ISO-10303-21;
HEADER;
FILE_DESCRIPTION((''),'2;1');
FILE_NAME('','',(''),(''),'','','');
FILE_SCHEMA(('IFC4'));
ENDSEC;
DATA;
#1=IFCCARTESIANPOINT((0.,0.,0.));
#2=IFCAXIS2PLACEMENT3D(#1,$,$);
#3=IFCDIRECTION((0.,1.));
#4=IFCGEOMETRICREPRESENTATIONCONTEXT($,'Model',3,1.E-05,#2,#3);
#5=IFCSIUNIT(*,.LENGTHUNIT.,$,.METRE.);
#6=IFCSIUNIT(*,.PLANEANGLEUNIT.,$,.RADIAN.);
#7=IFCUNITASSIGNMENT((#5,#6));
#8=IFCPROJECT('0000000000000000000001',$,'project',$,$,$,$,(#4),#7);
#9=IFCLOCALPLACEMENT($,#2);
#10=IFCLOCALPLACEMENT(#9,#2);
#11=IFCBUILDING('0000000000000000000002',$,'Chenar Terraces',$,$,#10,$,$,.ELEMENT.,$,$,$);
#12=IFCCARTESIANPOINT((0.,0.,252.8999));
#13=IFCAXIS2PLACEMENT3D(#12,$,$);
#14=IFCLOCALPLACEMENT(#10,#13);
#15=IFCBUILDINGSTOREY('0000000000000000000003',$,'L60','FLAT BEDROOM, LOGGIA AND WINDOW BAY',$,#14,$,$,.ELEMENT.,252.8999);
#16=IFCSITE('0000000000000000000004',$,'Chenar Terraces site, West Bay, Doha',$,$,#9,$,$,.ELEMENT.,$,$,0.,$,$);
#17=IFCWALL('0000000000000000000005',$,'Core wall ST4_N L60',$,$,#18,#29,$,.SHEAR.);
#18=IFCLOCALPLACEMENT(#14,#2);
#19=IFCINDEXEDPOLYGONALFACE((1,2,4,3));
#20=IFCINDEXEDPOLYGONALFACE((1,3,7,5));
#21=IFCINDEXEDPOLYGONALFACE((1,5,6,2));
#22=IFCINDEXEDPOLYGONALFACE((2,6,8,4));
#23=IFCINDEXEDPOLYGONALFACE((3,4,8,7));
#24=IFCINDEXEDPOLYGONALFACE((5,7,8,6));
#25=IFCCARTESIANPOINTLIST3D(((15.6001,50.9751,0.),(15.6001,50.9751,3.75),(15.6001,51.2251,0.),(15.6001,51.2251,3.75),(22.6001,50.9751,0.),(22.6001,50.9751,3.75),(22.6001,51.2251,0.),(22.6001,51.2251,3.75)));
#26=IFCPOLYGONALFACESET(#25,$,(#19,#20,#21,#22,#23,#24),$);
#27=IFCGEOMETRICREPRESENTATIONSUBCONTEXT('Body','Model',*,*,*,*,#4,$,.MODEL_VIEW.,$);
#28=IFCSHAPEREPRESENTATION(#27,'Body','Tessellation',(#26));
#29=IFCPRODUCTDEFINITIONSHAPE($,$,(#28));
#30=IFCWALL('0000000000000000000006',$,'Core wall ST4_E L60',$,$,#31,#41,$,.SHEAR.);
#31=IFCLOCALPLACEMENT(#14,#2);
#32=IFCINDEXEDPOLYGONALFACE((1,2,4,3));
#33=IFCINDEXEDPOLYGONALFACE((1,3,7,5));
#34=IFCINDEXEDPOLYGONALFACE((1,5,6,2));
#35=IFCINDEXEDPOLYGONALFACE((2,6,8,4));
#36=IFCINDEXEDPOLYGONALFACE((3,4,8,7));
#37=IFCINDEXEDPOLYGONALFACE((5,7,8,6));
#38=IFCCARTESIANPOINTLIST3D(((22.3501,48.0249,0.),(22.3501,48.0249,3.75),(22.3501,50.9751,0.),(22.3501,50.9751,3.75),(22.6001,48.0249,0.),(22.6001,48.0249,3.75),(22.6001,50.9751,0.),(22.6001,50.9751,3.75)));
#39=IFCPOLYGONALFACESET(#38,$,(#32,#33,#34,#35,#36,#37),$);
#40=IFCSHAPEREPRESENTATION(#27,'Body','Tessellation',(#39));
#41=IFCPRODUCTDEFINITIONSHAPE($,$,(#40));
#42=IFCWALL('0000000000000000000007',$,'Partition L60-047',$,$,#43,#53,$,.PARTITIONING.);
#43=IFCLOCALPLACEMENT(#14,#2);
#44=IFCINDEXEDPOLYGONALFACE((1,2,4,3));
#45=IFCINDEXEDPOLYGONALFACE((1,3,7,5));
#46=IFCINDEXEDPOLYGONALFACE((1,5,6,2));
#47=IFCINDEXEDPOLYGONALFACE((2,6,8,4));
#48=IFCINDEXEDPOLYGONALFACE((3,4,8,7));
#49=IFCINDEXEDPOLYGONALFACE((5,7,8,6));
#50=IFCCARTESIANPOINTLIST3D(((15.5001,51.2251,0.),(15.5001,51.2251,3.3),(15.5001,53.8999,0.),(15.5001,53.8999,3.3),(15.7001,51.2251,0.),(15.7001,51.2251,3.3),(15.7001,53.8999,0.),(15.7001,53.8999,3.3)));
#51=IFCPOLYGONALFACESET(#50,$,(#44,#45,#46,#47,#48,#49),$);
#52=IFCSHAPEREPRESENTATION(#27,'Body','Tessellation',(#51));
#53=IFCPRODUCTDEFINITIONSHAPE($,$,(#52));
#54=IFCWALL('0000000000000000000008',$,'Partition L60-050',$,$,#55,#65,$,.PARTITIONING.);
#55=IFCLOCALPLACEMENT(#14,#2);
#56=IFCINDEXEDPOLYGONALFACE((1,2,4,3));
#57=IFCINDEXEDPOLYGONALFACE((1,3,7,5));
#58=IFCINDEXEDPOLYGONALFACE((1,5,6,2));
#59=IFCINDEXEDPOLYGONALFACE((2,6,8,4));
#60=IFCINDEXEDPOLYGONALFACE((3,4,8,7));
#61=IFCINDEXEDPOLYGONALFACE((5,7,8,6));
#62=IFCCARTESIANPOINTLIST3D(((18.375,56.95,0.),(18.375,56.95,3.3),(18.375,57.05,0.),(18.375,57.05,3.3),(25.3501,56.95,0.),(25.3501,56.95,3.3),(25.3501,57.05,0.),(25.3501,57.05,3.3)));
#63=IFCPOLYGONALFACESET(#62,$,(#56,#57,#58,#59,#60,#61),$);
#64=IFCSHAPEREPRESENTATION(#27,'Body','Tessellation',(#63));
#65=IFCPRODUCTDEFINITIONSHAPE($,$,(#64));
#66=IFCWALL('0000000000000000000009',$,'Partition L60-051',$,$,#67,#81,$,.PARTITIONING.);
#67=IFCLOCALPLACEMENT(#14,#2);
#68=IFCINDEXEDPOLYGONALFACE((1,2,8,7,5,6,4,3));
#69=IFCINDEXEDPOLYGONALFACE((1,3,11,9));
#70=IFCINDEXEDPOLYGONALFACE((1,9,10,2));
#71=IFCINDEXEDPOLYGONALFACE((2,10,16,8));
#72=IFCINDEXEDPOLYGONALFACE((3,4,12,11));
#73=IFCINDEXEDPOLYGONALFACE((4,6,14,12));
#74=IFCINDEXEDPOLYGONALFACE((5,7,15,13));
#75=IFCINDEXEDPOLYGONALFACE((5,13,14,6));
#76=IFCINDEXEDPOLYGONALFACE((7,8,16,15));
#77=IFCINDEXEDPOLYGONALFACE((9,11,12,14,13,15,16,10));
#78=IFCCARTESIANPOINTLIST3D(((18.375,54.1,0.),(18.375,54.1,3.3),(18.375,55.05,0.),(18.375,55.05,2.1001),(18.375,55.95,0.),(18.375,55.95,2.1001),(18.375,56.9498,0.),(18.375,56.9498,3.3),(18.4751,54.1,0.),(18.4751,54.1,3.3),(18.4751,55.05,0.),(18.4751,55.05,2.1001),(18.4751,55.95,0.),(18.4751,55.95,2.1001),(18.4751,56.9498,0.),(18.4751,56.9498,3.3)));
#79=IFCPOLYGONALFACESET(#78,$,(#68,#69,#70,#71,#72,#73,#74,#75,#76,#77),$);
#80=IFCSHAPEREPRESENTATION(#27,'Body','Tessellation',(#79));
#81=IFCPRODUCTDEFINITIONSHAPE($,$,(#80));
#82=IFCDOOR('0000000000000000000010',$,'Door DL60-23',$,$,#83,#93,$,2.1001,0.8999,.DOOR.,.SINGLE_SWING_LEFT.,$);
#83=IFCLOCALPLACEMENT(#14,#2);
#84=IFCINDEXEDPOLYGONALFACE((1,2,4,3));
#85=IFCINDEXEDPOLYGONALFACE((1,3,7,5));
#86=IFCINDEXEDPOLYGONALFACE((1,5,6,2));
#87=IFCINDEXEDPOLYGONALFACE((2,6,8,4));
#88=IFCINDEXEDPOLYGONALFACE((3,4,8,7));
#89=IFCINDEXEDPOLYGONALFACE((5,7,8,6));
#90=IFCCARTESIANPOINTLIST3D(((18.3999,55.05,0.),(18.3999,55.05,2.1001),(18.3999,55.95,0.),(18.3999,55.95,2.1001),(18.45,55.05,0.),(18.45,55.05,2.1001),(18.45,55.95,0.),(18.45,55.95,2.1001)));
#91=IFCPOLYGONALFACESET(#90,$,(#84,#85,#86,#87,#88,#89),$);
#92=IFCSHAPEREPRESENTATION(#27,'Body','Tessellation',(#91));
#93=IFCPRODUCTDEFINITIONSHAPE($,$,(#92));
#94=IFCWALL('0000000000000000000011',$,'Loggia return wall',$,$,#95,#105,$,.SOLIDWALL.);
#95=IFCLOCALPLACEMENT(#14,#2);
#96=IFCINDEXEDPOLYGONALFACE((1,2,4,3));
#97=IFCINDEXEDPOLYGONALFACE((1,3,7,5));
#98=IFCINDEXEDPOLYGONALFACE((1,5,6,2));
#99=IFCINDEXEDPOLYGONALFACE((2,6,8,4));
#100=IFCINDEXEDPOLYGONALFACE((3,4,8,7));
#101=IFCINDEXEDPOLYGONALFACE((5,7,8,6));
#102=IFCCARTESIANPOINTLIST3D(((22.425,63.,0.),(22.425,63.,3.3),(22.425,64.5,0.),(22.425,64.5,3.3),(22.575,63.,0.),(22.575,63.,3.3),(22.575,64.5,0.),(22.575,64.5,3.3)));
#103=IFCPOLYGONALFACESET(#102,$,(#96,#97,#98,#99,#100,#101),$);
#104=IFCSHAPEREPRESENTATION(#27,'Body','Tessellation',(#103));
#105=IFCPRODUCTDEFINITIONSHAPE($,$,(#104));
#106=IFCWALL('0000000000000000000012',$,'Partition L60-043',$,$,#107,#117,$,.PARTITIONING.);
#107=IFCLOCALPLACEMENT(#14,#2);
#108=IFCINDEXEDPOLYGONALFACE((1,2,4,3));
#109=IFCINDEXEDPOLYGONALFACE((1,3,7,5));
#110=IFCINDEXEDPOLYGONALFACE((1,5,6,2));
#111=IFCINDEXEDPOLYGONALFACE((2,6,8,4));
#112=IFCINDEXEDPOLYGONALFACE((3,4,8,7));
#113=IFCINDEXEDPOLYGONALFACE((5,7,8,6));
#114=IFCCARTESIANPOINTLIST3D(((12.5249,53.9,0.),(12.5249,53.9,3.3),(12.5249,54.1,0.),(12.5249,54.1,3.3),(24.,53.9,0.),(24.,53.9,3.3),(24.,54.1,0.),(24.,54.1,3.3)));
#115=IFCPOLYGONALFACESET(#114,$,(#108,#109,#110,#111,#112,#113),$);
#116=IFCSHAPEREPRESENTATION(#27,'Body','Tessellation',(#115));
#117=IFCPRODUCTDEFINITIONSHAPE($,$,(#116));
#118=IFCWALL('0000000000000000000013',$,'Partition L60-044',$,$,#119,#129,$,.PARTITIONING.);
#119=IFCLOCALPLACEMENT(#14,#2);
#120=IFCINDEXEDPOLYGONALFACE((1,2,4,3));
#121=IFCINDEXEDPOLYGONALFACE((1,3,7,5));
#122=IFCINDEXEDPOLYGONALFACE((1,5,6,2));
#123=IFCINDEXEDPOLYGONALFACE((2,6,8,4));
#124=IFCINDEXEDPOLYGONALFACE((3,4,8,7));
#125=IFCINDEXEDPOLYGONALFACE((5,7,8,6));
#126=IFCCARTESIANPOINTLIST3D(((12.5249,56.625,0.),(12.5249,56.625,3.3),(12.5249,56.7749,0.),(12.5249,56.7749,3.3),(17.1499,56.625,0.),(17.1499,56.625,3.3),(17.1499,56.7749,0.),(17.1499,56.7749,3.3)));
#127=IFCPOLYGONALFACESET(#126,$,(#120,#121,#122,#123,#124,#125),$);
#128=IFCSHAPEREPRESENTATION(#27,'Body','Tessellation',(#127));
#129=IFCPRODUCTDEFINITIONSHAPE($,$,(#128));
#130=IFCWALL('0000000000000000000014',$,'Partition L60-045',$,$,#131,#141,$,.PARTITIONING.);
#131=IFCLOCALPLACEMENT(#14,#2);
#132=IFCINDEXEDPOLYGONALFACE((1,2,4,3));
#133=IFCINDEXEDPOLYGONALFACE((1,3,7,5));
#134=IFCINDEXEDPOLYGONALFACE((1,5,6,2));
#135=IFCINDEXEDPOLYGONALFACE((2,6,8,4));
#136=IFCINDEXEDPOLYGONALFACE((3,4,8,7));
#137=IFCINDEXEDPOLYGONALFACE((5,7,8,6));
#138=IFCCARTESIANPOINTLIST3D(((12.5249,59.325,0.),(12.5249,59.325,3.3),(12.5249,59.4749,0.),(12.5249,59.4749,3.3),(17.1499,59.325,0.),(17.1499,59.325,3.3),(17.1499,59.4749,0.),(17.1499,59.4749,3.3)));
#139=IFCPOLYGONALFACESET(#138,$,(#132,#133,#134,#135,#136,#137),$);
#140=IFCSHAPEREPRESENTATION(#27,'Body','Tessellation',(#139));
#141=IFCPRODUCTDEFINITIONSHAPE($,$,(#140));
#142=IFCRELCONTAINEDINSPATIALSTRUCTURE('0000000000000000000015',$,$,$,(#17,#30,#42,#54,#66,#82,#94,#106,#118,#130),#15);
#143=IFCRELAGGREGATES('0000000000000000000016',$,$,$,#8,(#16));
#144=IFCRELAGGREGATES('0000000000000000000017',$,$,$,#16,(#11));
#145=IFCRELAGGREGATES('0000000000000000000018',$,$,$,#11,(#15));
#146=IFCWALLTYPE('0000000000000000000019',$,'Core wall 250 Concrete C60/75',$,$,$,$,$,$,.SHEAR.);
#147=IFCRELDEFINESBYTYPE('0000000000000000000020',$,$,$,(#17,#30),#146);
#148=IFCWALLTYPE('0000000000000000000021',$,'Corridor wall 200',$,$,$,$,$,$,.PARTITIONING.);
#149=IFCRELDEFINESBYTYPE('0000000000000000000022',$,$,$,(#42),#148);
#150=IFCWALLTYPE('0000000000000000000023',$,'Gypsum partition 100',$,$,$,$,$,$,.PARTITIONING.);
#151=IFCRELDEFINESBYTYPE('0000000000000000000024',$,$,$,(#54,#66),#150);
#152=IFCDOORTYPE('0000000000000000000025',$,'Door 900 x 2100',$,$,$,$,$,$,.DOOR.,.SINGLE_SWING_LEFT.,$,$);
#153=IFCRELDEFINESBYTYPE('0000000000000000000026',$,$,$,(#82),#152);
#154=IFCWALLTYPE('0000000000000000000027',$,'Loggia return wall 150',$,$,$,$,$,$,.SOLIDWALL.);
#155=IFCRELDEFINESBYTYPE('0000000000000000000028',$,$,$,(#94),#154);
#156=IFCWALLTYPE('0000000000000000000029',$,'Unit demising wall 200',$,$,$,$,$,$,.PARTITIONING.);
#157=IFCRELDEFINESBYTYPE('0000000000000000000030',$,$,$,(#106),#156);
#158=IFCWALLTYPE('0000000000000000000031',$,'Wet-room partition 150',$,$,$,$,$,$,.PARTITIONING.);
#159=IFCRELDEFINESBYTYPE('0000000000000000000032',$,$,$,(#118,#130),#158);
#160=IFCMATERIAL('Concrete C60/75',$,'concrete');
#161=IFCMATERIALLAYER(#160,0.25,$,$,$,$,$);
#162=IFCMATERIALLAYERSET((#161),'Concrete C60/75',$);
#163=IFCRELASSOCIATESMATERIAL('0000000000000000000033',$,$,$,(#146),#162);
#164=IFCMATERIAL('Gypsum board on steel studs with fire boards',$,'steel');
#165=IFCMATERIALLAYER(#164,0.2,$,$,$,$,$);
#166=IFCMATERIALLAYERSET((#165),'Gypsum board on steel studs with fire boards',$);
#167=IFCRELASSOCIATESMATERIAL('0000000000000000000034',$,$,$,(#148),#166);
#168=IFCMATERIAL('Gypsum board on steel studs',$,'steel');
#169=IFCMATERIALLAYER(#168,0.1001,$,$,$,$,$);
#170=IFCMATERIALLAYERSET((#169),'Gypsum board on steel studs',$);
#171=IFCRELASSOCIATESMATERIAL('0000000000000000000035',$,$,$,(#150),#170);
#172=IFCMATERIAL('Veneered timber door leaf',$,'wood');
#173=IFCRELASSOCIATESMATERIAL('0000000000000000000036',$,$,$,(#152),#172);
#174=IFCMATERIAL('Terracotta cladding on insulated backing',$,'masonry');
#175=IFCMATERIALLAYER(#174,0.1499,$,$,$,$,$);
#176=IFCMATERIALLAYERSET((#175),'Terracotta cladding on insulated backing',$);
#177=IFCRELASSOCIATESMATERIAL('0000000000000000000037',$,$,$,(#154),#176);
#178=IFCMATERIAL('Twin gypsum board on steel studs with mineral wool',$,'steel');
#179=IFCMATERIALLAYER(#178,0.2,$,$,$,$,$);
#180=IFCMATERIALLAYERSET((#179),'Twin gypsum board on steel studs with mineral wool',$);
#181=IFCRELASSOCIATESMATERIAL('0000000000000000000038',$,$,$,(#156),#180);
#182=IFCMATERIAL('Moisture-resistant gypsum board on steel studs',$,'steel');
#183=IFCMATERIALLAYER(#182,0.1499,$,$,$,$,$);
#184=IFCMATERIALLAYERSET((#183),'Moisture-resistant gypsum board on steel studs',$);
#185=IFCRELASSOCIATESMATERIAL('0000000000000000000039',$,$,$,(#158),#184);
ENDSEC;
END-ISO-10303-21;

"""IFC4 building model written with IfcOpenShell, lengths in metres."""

from ifc_helpers import new_model, si_unit, direction, frame, frame_2d, origin, place, context, subcontext, project, spatial, rectangle, extrude, material, layer, layer_set, type_object, element, fill, save


model = new_model("IFC4")

# Units and contexts
model_context = context("Model", 3, precision=1e-05, world=origin(), true_north=direction((0.0, 1.0)))
body_context = subcontext(model_context, "Body", "Model", "MODEL_VIEW")
ifc_project = project(units=[si_unit("LENGTHUNIT", "METRE"), si_unit("PLANEANGLEUNIT", "RADIAN")], contexts=[model_context])

# Site, building, storey
site_placement = place(None, origin())
site = spatial("IfcSite", under=ifc_project, at=site_placement, Name="Chenar Terraces site, West Bay, Doha", CompositionType="ELEMENT", RefElevation=0.0)
building_placement = place(site_placement, origin())
building = spatial("IfcBuilding", under=site, at=building_placement, Name="Chenar Terraces", CompositionType="ELEMENT")
storey_placement = place(building_placement, frame((0.0, 0.0, 252.8999)))
storey = spatial("IfcBuildingStorey", under=building, at=storey_placement, Name="L60", Description="FLAT BEDROOM, LOGGIA AND WINDOW BAY", CompositionType="ELEMENT", Elevation=252.8999)

# Walls
ifc_material_1 = material(Name="Concrete C60/75", Category="concrete")
ifc_layer_1 = layer(ifc_material_1, 0.25)
ifc_layer_set_1 = layer_set([ifc_layer_1], Name="Concrete C60/75")
wall_type_1 = type_object("IfcWallType", Name="Core wall 250 Concrete C60/75", PredefinedType="SHEAR", material=ifc_layer_set_1)
wall_1_placement = place(storey_placement, frame((15.6001, 51.1001, 0.0), z_axis=(0.0, 0.0, 1.0), x_axis=(1.0, 0.0, 0.0)))
element("IfcWall", 1, at=wall_1_placement, inside=storey, type_object=wall_type_1, Name="Core wall ST4_N L60", PredefinedType="SHEAR", context=body_context, shape_type="SweptSolid", body=[
    extrude(rectangle(XDim=7.0, YDim=0.25, at=frame_2d((3.5, 0.0))), origin(), (0.0, 0.0, 1.0), 3.75),
])
wall_2_placement = place(storey_placement, frame((22.4751, 48.0249, 0.0), z_axis=(0.0, 0.0, 1.0), x_axis=(0.0, 1.0, 0.0)))
element("IfcWall", 2, at=wall_2_placement, inside=storey, type_object=wall_type_1, Name="Core wall ST4_E L60", PredefinedType="SHEAR", context=body_context, shape_type="SweptSolid", body=[
    extrude(rectangle(XDim=2.9502, YDim=0.25, at=frame_2d((1.4751, 0.0))), origin(), (0.0, 0.0, 1.0), 3.75),
])
ifc_material_2 = material(Name="Gypsum board on steel studs with fire boards", Category="steel")
ifc_layer_2 = layer(ifc_material_2, 0.2)
ifc_layer_set_2 = layer_set([ifc_layer_2], Name="Gypsum board on steel studs with fire boards")
wall_type_2 = type_object("IfcWallType", Name="Corridor wall 200", PredefinedType="PARTITIONING", material=ifc_layer_set_2)
wall_3_placement = place(storey_placement, frame((15.6001, 51.2251, 0.0), z_axis=(0.0, 0.0, 1.0), x_axis=(0.0, 1.0, 0.0)))
element("IfcWall", 3, at=wall_3_placement, inside=storey, type_object=wall_type_2, Name="Partition L60-047", PredefinedType="PARTITIONING", context=body_context, shape_type="SweptSolid", body=[
    extrude(rectangle(XDim=2.6748, YDim=0.2, at=frame_2d((1.3374, 0.0))), origin(), (0.0, 0.0, 1.0), 3.3),
])

# Wall
ifc_material_3 = material(Name="Gypsum board on steel studs", Category="steel")
ifc_layer_3 = layer(ifc_material_3, 0.1001)
ifc_layer_set_3 = layer_set([ifc_layer_3], Name="Gypsum board on steel studs")
wall_type_3 = type_object("IfcWallType", Name="Gypsum partition 100", PredefinedType="PARTITIONING", material=ifc_layer_set_3)
wall_4_placement = place(storey_placement, frame((18.375, 57.0, 0.0), z_axis=(0.0, 0.0, 1.0), x_axis=(1.0, 0.0, 0.0)))
element("IfcWall", 4, at=wall_4_placement, inside=storey, type_object=wall_type_3, Name="Partition L60-050", PredefinedType="PARTITIONING", context=body_context, shape_type="SweptSolid", body=[
    extrude(rectangle(XDim=6.9751, YDim=0.1001, at=frame_2d((3.4875, 0.0))), origin(), (0.0, 0.0, 1.0), 3.3),
])

# Wall, opening, door
wall_5_placement = place(storey_placement, frame((18.425, 54.1001, 0.0), z_axis=(0.0, 0.0, 1.0), x_axis=(0.0, 1.0, 0.0)))
wall_5 = element("IfcWall", 5, at=wall_5_placement, inside=storey, type_object=wall_type_3, Name="Partition L60-051", PredefinedType="PARTITIONING", context=body_context, shape_type="SweptSolid", body=[
    extrude(rectangle(XDim=2.8499, YDim=0.1001, at=frame_2d((1.4248, 0.0))), origin(), (0.0, 0.0, 1.0), 3.3),
])
opening_1_placement = place(wall_5_placement, frame((0.95, 0.0, 0.0)))
opening_1 = element("IfcOpeningElement", 6, at=opening_1_placement, cuts=wall_5, PredefinedType="OPENING", context=body_context, shape_type="SweptSolid", body=[
    extrude(rectangle(XDim=0.8999, YDim=2.1001, at=frame_2d((0.45, 1.05))), frame((0.0, 0.0601, 0.0), z_axis=(0.0, -1.0, 0.0), x_axis=(1.0, 0.0, 0.0)), (0.0, 0.0, 1.0), 0.1201),
])
ifc_material_4 = material(Name="Veneered timber door leaf", Category="wood")
door_type_1 = type_object("IfcDoorType", Name="Door 900 x 2100", OperationType="SINGLE_SWING_LEFT", PredefinedType="DOOR", material=ifc_material_4)
door_1_placement = place(opening_1_placement, frame((0.8999, 0.0, 0.0), z_axis=(0.0, 0.0, 1.0), x_axis=(-1.0, 0.0, 0.0)))
door_1 = element("IfcDoor", 7, at=door_1_placement, inside=storey, type_object=door_type_1, Name="Door DL60-23", OperationType="SINGLE_SWING_LEFT", OverallHeight=2.1001, OverallWidth=0.8999, PredefinedType="DOOR", context=body_context, shape_type="SweptSolid", body=[
    extrude(rectangle(XDim=0.8999, YDim=2.1001, at=frame_2d((0.45, 1.05))), frame((0.0, 0.0249, 0.0), z_axis=(0.0, -1.0, 0.0), x_axis=(1.0, 0.0, 0.0)), (0.0, 0.0, 1.0), 0.05),
])
fill(opening_1, door_1)

# Walls
ifc_material_5 = material(Name="Terracotta cladding on insulated backing", Category="masonry")
ifc_layer_4 = layer(ifc_material_5, 0.1499)
ifc_layer_set_4 = layer_set([ifc_layer_4], Name="Terracotta cladding on insulated backing")
wall_type_4 = type_object("IfcWallType", Name="Loggia return wall 150", PredefinedType="SOLIDWALL", material=ifc_layer_set_4)
wall_6_placement = place(storey_placement, frame((22.5, 64.5, 0.0), z_axis=(0.0, 0.0, 1.0), x_axis=(0.0, -1.0, 0.0)))
element("IfcWall", 8, at=wall_6_placement, inside=storey, type_object=wall_type_4, Name="Loggia return wall", PredefinedType="SOLIDWALL", context=body_context, shape_type="SweptSolid", body=[
    extrude(rectangle(XDim=1.5, YDim=0.1499, at=frame_2d((0.75, 0.0))), origin(), (0.0, 0.0, 1.0), 3.3),
])
ifc_material_6 = material(Name="Twin gypsum board on steel studs with mineral wool", Category="steel")
ifc_layer_5 = layer(ifc_material_6, 0.2)
ifc_layer_set_5 = layer_set([ifc_layer_5], Name="Twin gypsum board on steel studs with mineral wool")
wall_type_5 = type_object("IfcWallType", Name="Unit demising wall 200", PredefinedType="PARTITIONING", material=ifc_layer_set_5)
wall_7_placement = place(storey_placement, frame((12.5249, 54.0, 0.0), z_axis=(0.0, 0.0, 1.0), x_axis=(1.0, 0.0, 0.0)))
element("IfcWall", 9, at=wall_7_placement, inside=storey, type_object=wall_type_5, Name="Partition L60-043", PredefinedType="PARTITIONING", context=body_context, shape_type="SweptSolid", body=[
    extrude(rectangle(XDim=11.4751, YDim=0.2, at=frame_2d((5.7375, 0.0))), origin(), (0.0, 0.0, 1.0), 3.3),
])
ifc_material_7 = material(Name="Moisture-resistant gypsum board on steel studs", Category="steel")
ifc_layer_6 = layer(ifc_material_7, 0.1499)
ifc_layer_set_6 = layer_set([ifc_layer_6], Name="Moisture-resistant gypsum board on steel studs")
wall_type_6 = type_object("IfcWallType", Name="Wet-room partition 150", PredefinedType="PARTITIONING", material=ifc_layer_set_6)
for number, where, z_axis, x_axis, name in (
    (10, (12.5249, 56.7, 0.0), (0.0, 0.0, 1.0), (1.0, 0.0, 0.0), "Partition L60-044"),
    (11, (12.5249, 59.3999, 0.0), (0.0, 0.0, 1.0), (1.0, 0.0, 0.0), "Partition L60-045"),
):
    element("IfcWall", number, at=place(storey_placement, frame(where, z_axis=z_axis, x_axis=x_axis)), inside=storey, type_object=wall_type_6, Name=name, PredefinedType="PARTITIONING", context=body_context, shape_type="SweptSolid", body=[
        extrude(rectangle(XDim=4.625, YDim=0.1499, at=frame_2d((2.3125, 0.0))), origin(), (0.0, 0.0, 1.0), 3.3),
    ])

save(model, "model.ifc")
